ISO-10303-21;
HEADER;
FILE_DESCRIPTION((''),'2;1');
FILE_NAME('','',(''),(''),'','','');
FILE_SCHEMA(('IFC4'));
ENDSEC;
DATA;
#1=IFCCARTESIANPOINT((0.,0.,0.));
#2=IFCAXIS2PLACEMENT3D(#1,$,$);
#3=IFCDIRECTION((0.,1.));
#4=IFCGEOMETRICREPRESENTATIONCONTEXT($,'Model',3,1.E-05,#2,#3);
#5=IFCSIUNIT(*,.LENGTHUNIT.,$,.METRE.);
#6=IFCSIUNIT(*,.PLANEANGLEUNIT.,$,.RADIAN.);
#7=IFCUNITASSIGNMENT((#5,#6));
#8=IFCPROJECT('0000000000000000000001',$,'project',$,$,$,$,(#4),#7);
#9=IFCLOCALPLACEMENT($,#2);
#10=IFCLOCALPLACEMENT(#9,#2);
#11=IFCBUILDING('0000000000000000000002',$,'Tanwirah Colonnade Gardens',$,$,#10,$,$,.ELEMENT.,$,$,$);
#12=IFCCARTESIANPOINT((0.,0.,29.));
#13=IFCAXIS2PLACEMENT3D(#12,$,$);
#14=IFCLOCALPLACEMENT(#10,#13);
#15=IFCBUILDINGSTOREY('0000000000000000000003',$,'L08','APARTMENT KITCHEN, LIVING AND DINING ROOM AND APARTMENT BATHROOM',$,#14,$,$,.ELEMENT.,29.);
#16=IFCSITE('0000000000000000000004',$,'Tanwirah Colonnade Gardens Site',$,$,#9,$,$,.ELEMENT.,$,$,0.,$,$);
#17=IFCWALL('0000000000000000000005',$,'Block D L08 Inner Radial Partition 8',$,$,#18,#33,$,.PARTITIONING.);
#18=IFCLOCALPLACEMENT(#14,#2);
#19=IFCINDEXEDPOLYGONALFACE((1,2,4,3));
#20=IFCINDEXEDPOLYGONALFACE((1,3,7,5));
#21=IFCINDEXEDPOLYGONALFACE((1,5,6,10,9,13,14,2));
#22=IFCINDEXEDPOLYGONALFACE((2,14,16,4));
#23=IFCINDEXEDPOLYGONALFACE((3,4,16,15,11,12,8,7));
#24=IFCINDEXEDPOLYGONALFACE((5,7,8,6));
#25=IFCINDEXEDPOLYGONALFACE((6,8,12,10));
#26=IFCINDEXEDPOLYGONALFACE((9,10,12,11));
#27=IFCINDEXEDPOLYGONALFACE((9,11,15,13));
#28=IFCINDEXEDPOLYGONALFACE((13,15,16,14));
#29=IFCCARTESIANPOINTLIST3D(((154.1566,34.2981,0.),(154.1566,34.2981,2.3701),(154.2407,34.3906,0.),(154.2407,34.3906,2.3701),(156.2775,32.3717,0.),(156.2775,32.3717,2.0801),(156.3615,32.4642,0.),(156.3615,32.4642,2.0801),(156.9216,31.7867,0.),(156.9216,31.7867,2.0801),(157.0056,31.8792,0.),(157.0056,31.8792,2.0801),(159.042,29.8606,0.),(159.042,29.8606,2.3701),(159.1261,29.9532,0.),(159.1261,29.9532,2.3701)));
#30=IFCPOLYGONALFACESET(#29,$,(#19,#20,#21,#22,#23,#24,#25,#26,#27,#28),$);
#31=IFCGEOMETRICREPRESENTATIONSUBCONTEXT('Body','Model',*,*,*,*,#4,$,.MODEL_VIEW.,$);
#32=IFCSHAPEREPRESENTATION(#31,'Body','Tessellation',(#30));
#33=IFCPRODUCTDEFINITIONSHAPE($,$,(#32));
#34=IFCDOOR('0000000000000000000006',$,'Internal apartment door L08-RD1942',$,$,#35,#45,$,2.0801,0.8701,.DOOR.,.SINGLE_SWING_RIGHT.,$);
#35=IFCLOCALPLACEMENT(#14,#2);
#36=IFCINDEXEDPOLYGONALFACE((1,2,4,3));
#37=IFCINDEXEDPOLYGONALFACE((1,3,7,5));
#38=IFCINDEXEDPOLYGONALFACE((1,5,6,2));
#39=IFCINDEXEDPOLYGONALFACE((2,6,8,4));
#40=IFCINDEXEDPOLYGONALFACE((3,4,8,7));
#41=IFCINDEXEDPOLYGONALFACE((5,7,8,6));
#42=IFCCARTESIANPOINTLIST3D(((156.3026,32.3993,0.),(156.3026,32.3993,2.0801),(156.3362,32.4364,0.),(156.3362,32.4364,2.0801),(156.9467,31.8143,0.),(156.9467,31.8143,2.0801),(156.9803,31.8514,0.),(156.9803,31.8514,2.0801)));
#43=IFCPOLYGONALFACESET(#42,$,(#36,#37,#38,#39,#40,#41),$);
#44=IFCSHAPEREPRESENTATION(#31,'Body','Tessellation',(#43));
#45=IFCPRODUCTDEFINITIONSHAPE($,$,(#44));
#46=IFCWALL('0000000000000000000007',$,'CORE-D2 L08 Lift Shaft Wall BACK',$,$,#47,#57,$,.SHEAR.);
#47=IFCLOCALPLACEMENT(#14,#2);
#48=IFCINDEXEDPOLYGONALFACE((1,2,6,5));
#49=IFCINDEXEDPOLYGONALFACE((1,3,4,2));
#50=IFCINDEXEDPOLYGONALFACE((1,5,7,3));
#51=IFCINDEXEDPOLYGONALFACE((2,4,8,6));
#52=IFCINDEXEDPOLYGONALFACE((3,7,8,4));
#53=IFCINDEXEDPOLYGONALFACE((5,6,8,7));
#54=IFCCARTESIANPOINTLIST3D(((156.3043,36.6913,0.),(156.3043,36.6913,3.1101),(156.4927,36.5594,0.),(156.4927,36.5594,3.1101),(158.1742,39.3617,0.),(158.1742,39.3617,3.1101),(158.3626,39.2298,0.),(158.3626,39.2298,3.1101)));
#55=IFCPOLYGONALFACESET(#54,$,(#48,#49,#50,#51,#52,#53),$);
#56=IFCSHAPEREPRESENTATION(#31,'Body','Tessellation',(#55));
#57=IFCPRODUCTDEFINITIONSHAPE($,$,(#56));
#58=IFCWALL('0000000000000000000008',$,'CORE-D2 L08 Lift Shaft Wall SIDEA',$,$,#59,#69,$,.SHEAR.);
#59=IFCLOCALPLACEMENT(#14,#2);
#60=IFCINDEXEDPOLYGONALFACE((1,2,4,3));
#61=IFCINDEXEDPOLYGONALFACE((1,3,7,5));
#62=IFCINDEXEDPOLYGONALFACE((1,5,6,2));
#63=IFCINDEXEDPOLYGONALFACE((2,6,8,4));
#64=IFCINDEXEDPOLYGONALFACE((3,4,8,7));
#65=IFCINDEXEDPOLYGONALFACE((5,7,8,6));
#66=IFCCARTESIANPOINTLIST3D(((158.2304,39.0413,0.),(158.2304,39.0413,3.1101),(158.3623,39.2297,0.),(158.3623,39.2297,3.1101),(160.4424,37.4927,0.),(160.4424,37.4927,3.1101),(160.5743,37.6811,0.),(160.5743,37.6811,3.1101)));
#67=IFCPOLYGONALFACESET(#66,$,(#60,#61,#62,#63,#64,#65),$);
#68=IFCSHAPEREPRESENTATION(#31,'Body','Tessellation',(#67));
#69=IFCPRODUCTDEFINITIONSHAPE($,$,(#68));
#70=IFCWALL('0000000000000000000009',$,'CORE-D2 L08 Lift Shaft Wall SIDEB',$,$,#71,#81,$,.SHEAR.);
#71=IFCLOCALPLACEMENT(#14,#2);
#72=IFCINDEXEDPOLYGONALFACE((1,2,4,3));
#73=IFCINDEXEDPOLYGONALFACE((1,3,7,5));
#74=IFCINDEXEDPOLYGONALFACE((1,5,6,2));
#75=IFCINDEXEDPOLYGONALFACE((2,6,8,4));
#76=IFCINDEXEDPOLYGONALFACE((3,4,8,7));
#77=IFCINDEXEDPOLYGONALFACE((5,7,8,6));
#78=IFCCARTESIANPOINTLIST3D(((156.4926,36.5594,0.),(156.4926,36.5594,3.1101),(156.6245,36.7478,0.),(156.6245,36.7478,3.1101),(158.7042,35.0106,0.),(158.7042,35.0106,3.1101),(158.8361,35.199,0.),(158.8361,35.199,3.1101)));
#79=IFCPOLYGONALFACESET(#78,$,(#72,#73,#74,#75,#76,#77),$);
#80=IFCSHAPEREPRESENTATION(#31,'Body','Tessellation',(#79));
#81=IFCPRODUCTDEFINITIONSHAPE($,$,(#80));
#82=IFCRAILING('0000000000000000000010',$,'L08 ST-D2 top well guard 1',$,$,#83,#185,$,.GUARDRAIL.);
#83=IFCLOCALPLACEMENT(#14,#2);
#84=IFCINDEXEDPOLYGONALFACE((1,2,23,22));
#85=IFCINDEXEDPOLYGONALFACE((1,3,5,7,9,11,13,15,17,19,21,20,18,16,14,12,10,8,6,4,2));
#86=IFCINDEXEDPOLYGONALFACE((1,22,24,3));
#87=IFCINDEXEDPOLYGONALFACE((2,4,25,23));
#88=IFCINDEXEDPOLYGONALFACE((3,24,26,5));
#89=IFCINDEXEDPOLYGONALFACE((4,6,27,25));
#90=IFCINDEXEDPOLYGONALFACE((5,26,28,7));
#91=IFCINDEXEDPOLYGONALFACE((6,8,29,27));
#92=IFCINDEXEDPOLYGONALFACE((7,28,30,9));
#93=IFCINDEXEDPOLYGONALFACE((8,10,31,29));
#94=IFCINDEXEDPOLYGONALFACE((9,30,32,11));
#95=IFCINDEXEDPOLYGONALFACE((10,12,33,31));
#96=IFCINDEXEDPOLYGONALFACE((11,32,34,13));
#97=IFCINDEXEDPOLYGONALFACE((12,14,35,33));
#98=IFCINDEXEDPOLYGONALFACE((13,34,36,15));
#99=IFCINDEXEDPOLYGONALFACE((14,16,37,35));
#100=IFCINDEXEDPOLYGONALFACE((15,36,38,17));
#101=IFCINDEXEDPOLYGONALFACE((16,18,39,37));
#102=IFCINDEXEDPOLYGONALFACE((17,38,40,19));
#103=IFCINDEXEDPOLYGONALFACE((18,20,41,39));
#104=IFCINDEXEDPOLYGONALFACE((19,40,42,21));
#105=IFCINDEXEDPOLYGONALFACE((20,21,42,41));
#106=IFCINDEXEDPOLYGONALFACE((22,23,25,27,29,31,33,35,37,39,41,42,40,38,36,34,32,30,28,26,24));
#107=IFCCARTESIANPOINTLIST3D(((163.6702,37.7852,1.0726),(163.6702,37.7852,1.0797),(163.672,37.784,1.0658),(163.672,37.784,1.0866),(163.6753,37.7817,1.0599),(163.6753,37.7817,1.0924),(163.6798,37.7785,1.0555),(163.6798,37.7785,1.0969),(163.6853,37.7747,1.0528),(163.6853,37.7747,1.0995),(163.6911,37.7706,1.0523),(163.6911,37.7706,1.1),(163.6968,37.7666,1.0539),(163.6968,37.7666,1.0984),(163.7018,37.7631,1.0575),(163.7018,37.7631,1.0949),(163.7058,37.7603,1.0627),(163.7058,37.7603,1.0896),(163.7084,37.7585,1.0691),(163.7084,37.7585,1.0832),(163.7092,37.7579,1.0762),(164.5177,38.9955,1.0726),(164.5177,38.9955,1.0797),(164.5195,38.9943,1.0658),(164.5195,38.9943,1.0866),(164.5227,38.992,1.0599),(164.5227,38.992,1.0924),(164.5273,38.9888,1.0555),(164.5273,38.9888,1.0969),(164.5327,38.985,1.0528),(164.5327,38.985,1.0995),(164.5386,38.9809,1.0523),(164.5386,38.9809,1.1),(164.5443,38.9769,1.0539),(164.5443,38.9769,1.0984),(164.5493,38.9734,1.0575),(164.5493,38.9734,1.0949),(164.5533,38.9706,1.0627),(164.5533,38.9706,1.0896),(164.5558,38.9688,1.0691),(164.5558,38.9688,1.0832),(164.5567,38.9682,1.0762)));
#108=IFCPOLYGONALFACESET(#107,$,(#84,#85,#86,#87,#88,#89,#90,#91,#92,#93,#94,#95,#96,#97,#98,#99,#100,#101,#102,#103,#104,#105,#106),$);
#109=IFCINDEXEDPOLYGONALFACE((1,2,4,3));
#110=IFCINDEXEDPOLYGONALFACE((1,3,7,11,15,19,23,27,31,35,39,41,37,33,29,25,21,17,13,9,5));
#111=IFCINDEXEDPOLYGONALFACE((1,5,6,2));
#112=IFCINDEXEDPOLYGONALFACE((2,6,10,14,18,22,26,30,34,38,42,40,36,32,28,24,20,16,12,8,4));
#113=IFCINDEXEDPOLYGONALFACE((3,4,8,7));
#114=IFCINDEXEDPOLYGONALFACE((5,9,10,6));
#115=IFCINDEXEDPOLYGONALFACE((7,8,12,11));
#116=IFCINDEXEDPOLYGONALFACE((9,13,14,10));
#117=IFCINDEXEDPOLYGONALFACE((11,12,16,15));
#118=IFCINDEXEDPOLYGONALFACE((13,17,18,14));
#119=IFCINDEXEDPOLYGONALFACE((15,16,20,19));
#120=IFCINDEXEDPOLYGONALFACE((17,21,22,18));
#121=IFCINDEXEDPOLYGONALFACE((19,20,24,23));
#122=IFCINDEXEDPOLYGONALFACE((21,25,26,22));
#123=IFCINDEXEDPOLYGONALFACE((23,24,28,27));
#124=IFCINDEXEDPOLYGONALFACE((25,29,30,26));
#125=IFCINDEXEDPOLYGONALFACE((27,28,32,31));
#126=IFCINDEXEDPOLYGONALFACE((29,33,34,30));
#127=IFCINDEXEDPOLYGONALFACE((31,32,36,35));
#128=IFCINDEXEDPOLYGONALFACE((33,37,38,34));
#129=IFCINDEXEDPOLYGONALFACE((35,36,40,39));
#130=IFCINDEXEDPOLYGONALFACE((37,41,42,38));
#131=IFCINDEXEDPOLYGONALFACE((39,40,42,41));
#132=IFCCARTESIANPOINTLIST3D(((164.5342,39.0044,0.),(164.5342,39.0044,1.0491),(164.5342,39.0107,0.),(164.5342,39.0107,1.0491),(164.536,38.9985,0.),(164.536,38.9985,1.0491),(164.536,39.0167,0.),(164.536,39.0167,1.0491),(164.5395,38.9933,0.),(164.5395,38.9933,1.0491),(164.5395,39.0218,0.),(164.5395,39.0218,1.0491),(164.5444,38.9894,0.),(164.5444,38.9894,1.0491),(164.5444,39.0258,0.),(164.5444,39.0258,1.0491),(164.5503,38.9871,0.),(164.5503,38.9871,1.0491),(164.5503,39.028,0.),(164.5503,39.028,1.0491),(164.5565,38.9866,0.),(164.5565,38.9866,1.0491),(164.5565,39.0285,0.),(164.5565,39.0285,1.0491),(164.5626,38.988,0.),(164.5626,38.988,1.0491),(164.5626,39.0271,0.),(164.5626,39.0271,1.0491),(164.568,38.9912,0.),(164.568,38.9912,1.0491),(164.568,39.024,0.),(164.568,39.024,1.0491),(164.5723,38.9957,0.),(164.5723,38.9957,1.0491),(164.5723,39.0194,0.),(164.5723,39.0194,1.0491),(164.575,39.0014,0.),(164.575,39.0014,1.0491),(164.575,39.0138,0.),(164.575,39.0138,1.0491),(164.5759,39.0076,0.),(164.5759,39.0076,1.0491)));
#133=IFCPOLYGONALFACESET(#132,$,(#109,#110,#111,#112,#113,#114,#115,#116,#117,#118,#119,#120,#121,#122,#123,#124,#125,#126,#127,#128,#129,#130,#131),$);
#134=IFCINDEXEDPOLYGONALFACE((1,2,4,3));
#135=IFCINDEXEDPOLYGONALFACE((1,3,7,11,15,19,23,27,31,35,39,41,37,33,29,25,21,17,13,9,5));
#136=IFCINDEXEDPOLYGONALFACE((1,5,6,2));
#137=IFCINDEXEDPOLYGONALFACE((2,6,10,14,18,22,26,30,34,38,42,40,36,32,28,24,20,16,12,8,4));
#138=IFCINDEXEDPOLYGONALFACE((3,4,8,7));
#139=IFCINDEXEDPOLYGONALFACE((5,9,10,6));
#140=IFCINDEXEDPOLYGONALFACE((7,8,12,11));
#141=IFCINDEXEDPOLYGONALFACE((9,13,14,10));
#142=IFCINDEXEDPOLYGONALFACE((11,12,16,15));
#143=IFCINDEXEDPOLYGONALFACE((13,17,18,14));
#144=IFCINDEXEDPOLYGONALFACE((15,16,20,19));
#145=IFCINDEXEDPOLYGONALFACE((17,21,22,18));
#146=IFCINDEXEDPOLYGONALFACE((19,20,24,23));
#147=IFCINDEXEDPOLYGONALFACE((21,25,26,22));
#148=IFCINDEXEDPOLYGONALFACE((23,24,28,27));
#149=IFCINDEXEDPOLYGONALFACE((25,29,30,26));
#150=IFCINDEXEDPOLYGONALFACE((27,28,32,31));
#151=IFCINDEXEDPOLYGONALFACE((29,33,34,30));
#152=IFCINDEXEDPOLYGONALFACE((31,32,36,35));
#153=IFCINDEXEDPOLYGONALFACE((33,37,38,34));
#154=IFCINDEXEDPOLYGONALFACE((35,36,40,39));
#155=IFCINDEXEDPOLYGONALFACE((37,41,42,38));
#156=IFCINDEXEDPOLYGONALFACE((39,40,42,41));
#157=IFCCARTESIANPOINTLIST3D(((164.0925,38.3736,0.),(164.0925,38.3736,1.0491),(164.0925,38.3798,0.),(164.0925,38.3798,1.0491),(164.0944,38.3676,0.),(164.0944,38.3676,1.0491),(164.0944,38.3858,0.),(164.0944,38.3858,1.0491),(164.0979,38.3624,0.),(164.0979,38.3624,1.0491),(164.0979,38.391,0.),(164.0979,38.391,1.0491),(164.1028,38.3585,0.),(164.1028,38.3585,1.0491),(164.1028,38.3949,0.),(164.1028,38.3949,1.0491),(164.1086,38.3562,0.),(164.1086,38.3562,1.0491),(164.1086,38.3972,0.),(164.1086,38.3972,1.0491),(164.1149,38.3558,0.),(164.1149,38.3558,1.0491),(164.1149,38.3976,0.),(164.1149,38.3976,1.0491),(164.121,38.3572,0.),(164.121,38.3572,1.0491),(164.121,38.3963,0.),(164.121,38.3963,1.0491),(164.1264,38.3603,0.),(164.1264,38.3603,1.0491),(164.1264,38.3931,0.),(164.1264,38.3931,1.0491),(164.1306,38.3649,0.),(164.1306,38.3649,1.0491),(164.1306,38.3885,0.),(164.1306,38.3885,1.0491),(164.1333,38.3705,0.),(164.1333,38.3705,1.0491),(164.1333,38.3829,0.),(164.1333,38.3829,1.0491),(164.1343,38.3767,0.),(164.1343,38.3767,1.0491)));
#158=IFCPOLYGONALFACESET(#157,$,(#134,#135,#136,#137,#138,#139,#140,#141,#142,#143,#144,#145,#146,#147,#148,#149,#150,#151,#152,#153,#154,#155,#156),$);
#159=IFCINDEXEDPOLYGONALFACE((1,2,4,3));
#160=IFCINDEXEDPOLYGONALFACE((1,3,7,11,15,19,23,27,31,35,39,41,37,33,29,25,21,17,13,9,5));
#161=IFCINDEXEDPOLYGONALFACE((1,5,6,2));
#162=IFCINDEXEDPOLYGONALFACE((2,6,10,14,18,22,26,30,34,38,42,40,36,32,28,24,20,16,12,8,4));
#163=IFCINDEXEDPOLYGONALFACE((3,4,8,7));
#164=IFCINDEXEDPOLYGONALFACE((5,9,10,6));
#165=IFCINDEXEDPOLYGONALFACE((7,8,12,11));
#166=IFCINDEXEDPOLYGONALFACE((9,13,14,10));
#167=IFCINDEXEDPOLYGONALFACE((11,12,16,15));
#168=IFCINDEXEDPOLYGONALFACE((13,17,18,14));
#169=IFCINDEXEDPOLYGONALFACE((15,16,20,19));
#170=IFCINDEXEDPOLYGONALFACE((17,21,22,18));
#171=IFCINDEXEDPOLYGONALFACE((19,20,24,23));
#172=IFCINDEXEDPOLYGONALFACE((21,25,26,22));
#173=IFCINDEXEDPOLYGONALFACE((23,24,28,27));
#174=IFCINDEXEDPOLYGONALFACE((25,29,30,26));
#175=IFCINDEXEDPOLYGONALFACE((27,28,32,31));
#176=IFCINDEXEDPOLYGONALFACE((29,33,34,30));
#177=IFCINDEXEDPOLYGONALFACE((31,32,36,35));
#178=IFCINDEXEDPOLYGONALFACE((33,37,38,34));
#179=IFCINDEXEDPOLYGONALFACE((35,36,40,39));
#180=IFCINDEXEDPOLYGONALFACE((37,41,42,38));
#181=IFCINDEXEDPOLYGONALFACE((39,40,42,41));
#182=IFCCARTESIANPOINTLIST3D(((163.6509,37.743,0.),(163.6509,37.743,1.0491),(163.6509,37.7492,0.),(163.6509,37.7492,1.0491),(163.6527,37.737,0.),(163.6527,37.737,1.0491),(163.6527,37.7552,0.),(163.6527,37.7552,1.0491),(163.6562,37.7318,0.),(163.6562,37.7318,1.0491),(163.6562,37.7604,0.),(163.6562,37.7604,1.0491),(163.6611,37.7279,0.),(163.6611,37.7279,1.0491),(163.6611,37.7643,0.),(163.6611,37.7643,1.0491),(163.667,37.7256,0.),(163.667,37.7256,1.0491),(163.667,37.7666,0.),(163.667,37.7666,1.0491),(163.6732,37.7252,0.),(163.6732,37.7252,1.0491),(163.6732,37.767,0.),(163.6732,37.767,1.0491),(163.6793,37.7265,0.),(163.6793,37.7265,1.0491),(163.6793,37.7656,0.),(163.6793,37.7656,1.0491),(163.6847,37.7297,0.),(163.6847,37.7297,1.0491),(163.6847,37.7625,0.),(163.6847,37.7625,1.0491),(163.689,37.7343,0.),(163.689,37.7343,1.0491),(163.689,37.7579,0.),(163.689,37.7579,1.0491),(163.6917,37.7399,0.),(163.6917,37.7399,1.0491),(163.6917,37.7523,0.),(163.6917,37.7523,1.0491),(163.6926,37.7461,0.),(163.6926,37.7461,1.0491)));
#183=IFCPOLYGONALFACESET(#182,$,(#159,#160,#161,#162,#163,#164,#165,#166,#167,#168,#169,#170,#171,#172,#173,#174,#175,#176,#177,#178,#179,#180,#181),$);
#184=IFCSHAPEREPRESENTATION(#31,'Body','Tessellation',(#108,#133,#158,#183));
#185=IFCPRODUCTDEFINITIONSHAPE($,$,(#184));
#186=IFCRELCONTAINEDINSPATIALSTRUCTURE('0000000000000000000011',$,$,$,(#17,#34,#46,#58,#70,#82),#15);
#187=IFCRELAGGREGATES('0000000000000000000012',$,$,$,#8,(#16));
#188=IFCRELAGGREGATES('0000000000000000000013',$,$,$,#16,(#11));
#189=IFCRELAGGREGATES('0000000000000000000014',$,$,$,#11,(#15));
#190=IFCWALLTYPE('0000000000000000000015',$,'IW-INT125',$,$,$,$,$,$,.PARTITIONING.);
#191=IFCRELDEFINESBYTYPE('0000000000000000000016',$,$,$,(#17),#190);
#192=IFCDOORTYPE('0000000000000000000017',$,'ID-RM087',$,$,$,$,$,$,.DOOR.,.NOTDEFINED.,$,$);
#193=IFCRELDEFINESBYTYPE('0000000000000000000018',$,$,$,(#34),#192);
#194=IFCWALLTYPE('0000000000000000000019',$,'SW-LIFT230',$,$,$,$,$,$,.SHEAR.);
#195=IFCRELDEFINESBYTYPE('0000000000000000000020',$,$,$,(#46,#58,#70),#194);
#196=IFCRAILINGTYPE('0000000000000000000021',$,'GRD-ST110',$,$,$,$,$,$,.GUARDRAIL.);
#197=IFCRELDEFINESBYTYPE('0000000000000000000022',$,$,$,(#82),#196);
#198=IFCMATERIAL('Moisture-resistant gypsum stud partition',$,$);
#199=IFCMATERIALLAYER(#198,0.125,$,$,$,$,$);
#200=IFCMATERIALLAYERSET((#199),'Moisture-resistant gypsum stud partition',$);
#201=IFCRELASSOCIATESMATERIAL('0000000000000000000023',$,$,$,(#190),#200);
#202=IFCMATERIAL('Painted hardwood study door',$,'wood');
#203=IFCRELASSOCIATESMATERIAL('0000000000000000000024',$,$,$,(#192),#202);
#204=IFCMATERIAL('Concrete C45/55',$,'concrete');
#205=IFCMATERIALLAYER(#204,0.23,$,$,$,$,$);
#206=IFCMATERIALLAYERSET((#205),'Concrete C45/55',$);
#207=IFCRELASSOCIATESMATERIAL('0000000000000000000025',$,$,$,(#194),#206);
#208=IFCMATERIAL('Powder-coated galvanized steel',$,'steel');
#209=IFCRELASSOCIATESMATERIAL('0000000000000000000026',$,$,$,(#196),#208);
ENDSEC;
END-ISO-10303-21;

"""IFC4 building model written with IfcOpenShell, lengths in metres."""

from ifc_helpers import new_model, si_unit, direction, frame, frame_2d, origin, origin_2d, place, context, subcontext, project, spatial, rectangle, circle, extrude, material, layer, layer_set, type_object, element, fill, save


model = new_model("IFC4")

# Units and contexts
model_context = context("Model", 3, precision=1e-05, world=origin(), true_north=direction((0.0, 1.0)))
body_context = subcontext(model_context, "Body", "Model", "MODEL_VIEW")
ifc_project = project(units=[si_unit("LENGTHUNIT", "METRE"), si_unit("PLANEANGLEUNIT", "RADIAN")], contexts=[model_context])

# Site, building, storey
site_placement = place(None, origin())
site = spatial("IfcSite", under=ifc_project, at=site_placement, Name="Tanwirah Colonnade Gardens Site", CompositionType="ELEMENT", RefElevation=0.0)
building_placement = place(site_placement, origin())
building = spatial("IfcBuilding", under=site, at=building_placement, Name="Tanwirah Colonnade Gardens", CompositionType="ELEMENT")
storey_placement = place(building_placement, frame((0.0, 0.0, 29.0)))
storey = spatial("IfcBuildingStorey", under=building, at=storey_placement, Name="L08", Description="APARTMENT KITCHEN, LIVING AND DINING ROOM AND APARTMENT BATHROOM", CompositionType="ELEMENT", Elevation=29.0)

# Wall, opening, door
ifc_material_1 = material(Name="Moisture-resistant gypsum stud partition")
ifc_layer_1 = layer(ifc_material_1, 0.125)
ifc_layer_set_1 = layer_set([ifc_layer_1], Name="Moisture-resistant gypsum stud partition")
wall_type_1 = type_object("IfcWallType", Name="IW-INT125", PredefinedType="PARTITIONING", material=ifc_layer_set_1)
wall_1_placement = place(storey_placement, frame((154.1987, 34.3442, 0.0), z_axis=(0.0, 0.0, 1.0), x_axis=(0.740231, -0.672352, 0.0)))
wall_1 = element("IfcWall", 1, at=wall_1_placement, inside=storey, type_object=wall_type_1, Name="Block D L08 Inner Radial Partition 8", PredefinedType="PARTITIONING", context=body_context, shape_type="SweptSolid", body=[
    extrude(rectangle(XDim=6.5999, YDim=0.125, at=frame_2d((3.2998, 0.0))), origin(), (0.0, 0.0, 1.0), 2.3701),
])
opening_1_placement = place(wall_1_placement, frame((2.865, 0.0, 0.0)))
opening_1 = element("IfcOpeningElement", 2, at=opening_1_placement, cuts=wall_1, PredefinedType="OPENING", context=body_context, shape_type="SweptSolid", body=[
    extrude(rectangle(XDim=0.8701, YDim=2.0801, at=frame_2d((0.4351, 1.04))), frame((0.0, 0.0725, 0.0), z_axis=(0.0, -1.0, 0.0), x_axis=(1.0, 0.0, 0.0)), (0.0, 0.0, 1.0), 0.145),
])
ifc_material_2 = material(Name="Painted hardwood study door", Category="wood")
door_type_1 = type_object("IfcDoorType", Name="ID-RM087", OperationType="NOTDEFINED", PredefinedType="DOOR", material=ifc_material_2)
door_1_placement = place(opening_1_placement, origin())
door_1 = element("IfcDoor", 3, at=door_1_placement, inside=storey, type_object=door_type_1, Name="Internal apartment door L08-RD1942", OperationType="SINGLE_SWING_RIGHT", OverallHeight=2.0801, OverallWidth=0.8701, PredefinedType="DOOR", context=body_context, shape_type="SweptSolid", body=[
    extrude(rectangle(XDim=0.8701, YDim=2.0801, at=frame_2d((0.4351, 1.04))), frame((0.0, 0.0249, 0.0), z_axis=(0.0, -1.0, 0.0), x_axis=(1.0, 0.0, 0.0)), (0.0, 0.0, 1.0), 0.05),
])
fill(opening_1, door_1)
ifc_material_3 = material(Name="Concrete C45/55", Category="concrete")
ifc_layer_2 = layer(ifc_material_3, 0.23)
ifc_layer_set_2 = layer_set([ifc_layer_2], Name="Concrete C45/55")
wall_type_2 = type_object("IfcWallType", Name="SW-LIFT230", PredefinedType="SHEAR", material=ifc_layer_set_2)

# Walls
wall_2_placement = place(storey_placement, frame((158.2683, 39.2957, 0.0), z_axis=(0.0, 0.0, 1.0), x_axis=(-0.573583, -0.819147, 0.0)))
element("IfcWall", 4, at=wall_2_placement, inside=storey, type_object=wall_type_2, Name="CORE-D2 L08 Lift Shaft Wall BACK", PredefinedType="SHEAR", context=body_context, shape_type="SweptSolid", body=[
    extrude(rectangle(XDim=3.26, YDim=0.23, at=frame_2d((1.6299, 0.0))), origin(), (0.0, 0.0, 1.0), 3.1101),
])
wall_3_placement = place(storey_placement, frame((160.5083, 37.5869, 0.0), z_axis=(0.0, 0.0, 1.0), x_axis=(-0.819189, 0.573523, 0.0)))
element("IfcWall", 5, at=wall_3_placement, inside=storey, type_object=wall_type_2, Name="CORE-D2 L08 Lift Shaft Wall SIDEA", PredefinedType="SHEAR", context=body_context, shape_type="SweptSolid", body=[
    extrude(rectangle(XDim=2.7002, YDim=0.23, at=frame_2d((1.3501, 0.0))), origin(), (0.0, 0.0, 1.0), 3.1101),
])
wall_4_placement = place(storey_placement, frame((158.7703, 35.1047, 0.0), z_axis=(0.0, 0.0, 1.0), x_axis=(-0.819117, 0.573626, 0.0)))
element("IfcWall", 6, at=wall_4_placement, inside=storey, type_object=wall_type_2, Name="CORE-D2 L08 Lift Shaft Wall SIDEB", PredefinedType="SHEAR", context=body_context, shape_type="SweptSolid", body=[
    extrude(rectangle(XDim=2.7, YDim=0.23, at=frame_2d((1.3501, 0.0))), origin(), (0.0, 0.0, 1.0), 3.1101),
])

# Railing
ifc_material_4 = material(Name="Powder-coated galvanized steel", Category="steel")
railing_type_1 = type_object("IfcRailingType", Name="GRD-ST110", PredefinedType="GUARDRAIL", material=ifc_material_4)
railing_1_placement = place(storey_placement, frame((164.5549, 39.0076, 0.0)))
element("IfcRailing", 7, at=railing_1_placement, inside=storey, type_object=railing_type_1, Name="L08 ST-D2 top well guard 1", PredefinedType="GUARDRAIL", context=body_context, shape_type="SweptSolid", body=[
    extrude(circle(Radius=0.0239, at=origin_2d()), frame((-0.0178, -0.0256, 1.0762), z_axis=(-0.573579, -0.81915, 0.0), x_axis=(0.81915, -0.573579, 0.0)), (0.0, 0.0, 1.0), 1.4775),
    extrude(circle(Radius=0.021, at=origin_2d()), origin(), (0.0, 0.0, 1.0), 1.0491),
    extrude(circle(Radius=0.021, at=origin_2d()), frame((-0.4417, -0.6309, 0.0)), (0.0, 0.0, 1.0), 1.0491),
    extrude(circle(Radius=0.021, at=origin_2d()), frame((-0.8833, -1.2615, 0.0)), (0.0, 0.0, 1.0), 1.0491),
])

save(model, "model.ifc")
